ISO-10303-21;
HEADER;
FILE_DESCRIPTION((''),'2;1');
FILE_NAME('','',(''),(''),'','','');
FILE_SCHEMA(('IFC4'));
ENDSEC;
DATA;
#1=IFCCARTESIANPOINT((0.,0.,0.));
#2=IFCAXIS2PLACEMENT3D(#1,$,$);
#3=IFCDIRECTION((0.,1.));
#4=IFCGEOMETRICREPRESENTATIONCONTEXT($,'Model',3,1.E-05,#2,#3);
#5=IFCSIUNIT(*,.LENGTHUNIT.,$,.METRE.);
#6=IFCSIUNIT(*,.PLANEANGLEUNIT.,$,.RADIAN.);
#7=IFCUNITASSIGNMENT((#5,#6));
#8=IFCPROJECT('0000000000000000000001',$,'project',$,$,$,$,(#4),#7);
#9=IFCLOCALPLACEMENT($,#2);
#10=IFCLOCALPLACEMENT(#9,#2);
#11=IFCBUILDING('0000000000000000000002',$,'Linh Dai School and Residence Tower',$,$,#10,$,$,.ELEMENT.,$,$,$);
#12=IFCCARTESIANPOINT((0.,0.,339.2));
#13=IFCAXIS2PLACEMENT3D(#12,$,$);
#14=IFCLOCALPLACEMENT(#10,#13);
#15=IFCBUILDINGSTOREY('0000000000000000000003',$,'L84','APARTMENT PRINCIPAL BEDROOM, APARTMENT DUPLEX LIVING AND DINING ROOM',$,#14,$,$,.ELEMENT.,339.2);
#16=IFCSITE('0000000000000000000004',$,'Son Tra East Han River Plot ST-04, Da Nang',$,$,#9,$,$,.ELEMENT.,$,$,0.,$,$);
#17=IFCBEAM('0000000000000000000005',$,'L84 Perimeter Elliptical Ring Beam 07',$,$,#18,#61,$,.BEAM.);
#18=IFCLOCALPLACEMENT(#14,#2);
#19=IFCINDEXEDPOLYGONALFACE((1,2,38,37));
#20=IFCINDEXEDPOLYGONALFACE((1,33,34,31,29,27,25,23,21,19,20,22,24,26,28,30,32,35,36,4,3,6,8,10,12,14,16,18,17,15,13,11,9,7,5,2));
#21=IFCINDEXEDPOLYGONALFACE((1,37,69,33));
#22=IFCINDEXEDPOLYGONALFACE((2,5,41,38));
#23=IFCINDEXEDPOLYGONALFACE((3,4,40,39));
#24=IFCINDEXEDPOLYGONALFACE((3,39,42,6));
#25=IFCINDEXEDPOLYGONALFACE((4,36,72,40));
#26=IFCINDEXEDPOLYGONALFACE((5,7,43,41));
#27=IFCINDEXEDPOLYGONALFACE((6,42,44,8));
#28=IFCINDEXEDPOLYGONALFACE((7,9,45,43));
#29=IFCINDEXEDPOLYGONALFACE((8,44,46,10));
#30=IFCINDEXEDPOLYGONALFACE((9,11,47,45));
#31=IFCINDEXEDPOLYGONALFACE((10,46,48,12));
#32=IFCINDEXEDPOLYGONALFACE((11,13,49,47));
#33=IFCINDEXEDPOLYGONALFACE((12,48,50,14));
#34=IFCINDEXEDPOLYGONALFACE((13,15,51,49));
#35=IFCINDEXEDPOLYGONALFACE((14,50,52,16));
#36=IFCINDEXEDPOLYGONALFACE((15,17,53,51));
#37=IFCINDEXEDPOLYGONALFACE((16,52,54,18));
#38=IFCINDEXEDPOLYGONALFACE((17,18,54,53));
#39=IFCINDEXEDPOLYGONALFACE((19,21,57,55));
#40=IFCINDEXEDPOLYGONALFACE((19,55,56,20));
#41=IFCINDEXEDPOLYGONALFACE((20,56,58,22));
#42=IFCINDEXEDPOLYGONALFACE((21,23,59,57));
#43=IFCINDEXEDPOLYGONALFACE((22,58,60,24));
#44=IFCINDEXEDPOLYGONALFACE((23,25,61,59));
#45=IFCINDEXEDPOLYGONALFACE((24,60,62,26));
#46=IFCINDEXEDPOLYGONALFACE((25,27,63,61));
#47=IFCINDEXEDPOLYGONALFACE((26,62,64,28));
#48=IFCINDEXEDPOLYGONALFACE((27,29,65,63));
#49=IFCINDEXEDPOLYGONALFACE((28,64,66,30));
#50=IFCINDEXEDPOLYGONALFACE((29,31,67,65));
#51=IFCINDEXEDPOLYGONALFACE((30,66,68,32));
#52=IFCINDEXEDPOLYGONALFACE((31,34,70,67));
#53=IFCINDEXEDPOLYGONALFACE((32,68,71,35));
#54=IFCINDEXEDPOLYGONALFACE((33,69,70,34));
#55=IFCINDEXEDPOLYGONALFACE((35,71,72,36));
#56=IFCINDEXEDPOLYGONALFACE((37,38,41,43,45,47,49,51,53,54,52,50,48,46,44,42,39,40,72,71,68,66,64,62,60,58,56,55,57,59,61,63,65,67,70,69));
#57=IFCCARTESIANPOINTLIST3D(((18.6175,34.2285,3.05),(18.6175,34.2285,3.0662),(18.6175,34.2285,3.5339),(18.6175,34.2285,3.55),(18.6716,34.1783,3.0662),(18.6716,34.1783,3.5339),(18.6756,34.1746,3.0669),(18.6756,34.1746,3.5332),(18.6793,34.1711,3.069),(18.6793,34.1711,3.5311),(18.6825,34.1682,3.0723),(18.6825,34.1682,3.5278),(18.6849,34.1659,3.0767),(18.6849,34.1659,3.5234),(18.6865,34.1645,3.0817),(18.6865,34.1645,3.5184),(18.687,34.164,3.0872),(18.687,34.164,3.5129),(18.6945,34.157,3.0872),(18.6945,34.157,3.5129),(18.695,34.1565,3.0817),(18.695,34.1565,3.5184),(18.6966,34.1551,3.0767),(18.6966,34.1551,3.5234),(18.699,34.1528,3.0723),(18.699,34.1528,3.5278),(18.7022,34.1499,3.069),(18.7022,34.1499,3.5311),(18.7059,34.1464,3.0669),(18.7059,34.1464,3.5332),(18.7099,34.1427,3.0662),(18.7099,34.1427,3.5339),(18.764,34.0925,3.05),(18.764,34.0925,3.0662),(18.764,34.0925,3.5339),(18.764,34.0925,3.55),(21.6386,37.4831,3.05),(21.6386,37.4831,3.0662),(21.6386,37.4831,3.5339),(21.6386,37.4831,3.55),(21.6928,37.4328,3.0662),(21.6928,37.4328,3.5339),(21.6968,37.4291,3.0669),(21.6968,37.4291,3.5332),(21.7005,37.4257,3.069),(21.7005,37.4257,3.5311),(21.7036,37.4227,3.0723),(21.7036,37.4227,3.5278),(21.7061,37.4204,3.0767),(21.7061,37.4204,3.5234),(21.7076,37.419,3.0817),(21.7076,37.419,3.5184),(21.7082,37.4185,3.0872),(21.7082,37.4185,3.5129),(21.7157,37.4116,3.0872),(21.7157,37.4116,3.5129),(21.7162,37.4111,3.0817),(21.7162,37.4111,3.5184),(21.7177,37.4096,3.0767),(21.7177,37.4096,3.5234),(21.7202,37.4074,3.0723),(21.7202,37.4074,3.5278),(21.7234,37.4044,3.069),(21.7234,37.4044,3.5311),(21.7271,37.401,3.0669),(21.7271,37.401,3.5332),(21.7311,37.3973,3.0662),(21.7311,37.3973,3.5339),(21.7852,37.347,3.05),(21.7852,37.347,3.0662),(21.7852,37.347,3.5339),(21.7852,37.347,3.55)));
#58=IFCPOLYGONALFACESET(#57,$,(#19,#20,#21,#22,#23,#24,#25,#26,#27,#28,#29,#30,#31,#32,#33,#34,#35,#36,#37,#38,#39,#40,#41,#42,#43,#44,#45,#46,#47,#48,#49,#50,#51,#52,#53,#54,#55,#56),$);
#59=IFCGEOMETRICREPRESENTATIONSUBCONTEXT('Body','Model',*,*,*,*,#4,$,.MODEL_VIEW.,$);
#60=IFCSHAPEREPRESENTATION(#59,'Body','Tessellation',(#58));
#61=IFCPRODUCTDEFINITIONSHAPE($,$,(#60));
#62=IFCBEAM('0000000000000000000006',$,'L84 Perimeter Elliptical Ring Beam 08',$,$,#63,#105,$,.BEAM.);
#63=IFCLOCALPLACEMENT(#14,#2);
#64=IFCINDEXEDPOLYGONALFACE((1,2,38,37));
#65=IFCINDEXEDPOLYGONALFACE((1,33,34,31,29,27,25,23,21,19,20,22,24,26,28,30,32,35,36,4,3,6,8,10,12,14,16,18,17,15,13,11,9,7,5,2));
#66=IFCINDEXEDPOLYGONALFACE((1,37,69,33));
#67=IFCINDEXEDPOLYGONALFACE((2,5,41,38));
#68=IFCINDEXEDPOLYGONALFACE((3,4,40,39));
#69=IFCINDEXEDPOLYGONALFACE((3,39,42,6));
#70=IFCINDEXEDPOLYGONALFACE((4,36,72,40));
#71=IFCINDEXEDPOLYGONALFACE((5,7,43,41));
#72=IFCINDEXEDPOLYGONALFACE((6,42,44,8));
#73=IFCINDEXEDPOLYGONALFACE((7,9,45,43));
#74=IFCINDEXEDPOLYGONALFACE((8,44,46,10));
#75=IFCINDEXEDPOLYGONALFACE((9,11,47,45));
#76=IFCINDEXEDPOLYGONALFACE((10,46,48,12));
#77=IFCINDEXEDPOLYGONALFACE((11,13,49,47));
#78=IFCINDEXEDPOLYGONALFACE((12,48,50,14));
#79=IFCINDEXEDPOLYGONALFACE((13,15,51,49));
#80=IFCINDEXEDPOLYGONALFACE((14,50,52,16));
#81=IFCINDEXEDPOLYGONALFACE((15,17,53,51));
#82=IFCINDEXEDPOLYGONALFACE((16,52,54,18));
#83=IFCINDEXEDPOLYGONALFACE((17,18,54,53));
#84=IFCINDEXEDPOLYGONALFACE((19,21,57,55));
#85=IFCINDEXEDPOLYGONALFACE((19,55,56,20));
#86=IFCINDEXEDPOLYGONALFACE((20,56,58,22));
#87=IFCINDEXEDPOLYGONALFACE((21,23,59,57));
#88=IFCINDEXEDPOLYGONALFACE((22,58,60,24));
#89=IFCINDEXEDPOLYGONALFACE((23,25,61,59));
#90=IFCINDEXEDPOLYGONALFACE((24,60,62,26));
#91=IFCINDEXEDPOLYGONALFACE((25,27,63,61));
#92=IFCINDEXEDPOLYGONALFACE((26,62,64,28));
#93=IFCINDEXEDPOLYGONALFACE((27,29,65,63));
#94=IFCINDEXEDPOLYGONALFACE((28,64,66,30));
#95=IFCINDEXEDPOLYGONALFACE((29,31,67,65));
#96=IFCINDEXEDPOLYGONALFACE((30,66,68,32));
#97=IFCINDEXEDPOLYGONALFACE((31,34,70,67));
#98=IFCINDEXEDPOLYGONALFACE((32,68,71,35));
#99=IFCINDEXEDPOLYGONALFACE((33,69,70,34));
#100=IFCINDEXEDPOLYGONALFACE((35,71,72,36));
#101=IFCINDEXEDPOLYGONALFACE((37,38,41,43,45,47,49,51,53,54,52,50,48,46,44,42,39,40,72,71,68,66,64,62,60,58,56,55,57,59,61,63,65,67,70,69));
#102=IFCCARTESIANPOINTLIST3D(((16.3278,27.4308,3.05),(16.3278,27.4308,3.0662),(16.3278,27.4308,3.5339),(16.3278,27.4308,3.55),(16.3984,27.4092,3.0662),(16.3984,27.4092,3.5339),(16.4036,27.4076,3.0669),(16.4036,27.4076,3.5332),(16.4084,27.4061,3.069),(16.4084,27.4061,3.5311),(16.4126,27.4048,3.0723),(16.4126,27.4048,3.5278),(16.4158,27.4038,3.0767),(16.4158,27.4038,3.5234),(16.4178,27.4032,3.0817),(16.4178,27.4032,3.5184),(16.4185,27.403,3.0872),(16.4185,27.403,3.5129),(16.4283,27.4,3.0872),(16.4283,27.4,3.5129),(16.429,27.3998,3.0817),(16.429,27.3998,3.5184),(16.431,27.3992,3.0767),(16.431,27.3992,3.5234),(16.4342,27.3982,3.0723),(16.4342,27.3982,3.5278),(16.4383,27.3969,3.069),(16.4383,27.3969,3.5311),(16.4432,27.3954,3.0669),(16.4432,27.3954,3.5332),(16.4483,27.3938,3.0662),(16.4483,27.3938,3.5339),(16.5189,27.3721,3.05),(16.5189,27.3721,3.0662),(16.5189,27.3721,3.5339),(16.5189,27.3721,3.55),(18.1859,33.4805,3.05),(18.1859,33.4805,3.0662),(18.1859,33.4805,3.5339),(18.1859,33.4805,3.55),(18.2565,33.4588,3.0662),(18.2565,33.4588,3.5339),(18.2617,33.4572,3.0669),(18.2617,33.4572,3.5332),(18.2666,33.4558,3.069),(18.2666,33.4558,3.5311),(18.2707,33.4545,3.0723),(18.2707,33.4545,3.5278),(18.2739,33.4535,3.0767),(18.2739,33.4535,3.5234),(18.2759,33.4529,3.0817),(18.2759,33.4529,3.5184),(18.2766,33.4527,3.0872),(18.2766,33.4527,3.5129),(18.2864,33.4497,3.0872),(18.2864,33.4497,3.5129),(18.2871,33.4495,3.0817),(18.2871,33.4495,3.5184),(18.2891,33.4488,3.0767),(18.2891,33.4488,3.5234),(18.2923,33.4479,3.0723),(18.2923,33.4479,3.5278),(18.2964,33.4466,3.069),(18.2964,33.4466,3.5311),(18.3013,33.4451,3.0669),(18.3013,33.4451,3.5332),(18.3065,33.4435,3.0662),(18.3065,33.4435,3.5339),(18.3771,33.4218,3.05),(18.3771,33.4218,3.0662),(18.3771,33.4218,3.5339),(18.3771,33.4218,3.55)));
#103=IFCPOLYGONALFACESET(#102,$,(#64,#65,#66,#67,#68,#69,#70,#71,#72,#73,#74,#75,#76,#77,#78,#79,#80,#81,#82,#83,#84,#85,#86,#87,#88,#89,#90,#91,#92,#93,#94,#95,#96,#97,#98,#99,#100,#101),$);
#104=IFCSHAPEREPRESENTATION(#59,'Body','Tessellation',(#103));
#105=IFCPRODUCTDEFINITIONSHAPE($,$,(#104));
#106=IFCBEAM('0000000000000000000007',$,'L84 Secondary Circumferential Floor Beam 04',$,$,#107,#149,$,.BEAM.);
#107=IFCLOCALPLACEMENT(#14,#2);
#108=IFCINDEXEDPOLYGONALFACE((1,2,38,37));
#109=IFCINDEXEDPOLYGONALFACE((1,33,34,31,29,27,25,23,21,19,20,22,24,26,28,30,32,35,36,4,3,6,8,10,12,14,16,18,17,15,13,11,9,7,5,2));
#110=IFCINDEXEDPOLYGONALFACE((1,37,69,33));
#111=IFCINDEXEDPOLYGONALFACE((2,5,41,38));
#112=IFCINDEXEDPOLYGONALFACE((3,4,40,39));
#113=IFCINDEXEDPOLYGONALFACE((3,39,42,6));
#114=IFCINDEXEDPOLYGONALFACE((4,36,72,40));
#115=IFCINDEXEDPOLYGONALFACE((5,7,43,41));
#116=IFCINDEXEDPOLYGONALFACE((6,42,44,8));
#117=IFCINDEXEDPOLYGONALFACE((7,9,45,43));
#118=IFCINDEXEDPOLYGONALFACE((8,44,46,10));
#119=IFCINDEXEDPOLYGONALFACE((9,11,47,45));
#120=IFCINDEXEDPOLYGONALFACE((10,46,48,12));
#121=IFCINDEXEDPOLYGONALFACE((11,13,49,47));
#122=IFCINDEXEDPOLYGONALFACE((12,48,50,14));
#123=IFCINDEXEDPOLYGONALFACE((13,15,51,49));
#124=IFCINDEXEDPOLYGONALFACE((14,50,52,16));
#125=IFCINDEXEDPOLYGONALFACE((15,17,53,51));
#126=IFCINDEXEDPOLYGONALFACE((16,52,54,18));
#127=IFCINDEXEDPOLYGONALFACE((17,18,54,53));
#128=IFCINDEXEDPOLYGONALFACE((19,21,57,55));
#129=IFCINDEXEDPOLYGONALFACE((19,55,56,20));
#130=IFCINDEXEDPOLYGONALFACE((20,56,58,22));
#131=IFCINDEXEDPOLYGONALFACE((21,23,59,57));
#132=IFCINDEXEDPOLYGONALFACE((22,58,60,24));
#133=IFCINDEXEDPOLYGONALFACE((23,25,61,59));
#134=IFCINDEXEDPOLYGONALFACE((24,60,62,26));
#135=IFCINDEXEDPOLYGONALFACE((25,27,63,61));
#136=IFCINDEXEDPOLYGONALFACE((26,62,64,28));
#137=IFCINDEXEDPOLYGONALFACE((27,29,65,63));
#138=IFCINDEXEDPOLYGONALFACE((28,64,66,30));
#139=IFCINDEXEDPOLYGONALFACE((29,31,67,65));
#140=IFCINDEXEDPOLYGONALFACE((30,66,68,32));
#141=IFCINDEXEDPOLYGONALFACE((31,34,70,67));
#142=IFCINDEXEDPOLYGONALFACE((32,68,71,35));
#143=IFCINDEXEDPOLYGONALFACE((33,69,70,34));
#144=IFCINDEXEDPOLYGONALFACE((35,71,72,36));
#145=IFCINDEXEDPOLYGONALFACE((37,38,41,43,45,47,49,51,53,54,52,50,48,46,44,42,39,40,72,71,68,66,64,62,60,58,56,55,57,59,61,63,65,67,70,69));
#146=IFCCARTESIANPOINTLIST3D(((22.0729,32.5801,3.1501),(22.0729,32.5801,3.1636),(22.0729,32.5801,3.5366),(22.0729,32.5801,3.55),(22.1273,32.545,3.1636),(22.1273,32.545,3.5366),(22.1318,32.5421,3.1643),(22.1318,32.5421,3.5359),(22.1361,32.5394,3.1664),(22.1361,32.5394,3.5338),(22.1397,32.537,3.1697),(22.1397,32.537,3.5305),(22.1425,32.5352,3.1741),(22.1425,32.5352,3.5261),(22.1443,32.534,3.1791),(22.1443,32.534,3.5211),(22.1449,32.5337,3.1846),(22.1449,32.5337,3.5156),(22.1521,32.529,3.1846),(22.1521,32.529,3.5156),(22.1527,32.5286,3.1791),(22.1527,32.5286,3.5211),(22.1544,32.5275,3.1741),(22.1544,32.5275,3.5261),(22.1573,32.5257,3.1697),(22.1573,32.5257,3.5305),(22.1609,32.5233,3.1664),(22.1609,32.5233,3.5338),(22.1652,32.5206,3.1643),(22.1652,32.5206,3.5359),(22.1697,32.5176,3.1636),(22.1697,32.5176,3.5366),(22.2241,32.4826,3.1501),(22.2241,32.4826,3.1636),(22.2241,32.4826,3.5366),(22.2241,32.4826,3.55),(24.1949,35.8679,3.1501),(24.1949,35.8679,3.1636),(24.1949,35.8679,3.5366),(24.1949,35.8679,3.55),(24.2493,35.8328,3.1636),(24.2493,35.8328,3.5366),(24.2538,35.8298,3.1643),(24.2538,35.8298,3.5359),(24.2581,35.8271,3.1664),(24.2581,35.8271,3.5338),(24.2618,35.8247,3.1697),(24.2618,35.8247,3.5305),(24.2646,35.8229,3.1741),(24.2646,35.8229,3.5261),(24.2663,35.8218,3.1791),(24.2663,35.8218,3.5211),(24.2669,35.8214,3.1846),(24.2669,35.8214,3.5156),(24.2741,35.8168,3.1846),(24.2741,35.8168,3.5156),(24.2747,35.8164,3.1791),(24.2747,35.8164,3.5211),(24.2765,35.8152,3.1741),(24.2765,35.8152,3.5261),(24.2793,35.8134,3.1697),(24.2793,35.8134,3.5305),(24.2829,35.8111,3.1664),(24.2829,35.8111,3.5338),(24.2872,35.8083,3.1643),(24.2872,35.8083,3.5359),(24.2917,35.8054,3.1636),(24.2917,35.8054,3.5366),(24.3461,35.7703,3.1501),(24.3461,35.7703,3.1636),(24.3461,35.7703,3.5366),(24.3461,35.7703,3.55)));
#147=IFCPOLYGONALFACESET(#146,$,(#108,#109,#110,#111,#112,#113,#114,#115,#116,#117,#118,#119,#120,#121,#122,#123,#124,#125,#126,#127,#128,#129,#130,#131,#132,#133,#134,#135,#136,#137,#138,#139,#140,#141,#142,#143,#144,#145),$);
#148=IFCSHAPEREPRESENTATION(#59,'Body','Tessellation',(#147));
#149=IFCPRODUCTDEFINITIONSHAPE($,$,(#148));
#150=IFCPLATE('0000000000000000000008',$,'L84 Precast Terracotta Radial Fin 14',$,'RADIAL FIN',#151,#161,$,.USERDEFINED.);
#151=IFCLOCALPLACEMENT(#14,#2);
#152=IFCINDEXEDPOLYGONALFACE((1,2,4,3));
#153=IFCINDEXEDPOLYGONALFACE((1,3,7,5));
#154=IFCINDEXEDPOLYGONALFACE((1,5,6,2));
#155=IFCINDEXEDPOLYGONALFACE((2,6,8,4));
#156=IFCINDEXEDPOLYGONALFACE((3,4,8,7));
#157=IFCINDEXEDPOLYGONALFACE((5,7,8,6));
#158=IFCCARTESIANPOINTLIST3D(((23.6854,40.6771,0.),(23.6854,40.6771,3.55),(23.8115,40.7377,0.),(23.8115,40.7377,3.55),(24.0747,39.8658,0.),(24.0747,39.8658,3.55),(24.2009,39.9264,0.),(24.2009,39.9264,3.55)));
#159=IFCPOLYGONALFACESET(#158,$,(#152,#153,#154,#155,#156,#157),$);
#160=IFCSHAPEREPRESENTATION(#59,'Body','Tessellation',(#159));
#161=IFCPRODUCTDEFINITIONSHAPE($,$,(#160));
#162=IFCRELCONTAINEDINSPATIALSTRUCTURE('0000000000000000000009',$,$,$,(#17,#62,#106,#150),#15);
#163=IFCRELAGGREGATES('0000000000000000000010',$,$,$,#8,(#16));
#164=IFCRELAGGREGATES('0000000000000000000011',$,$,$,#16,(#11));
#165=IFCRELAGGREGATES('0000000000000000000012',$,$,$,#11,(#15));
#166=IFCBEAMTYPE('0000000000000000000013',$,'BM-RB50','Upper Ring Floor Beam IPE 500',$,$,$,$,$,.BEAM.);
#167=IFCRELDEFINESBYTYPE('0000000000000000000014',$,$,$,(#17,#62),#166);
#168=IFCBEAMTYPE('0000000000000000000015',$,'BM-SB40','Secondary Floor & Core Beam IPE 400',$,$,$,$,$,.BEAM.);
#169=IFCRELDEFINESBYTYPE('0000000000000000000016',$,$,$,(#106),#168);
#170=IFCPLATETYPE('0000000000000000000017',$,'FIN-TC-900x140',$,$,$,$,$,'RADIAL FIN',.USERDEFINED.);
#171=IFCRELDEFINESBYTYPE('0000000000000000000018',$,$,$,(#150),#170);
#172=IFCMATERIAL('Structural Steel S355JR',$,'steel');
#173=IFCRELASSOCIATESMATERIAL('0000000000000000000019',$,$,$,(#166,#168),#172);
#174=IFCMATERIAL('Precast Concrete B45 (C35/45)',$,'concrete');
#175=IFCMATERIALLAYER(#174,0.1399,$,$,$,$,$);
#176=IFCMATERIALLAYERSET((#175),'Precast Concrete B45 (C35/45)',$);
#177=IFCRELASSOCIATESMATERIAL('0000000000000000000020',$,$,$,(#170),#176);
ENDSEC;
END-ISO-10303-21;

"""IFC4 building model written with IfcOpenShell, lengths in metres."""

from ifc_helpers import new_model, si_unit, direction, frame, origin, origin_2d, place, context, subcontext, project, spatial, rectangle, i_section, extrude, source, transform, mapped, material, layer, layer_set, material_profile, profile_set, type_object, element, save


model = new_model("IFC4")

# Units and contexts
model_context = context("Model", 3, precision=1e-05, world=origin(), true_north=direction((0.0, 1.0)))
body_context = subcontext(model_context, "Body", "Model", "MODEL_VIEW")
ifc_project = project(units=[si_unit("LENGTHUNIT", "METRE"), si_unit("PLANEANGLEUNIT", "RADIAN")], contexts=[model_context])

# Site, building, storey
site_placement = place(None, origin())
site = spatial("IfcSite", under=ifc_project, at=site_placement, Name="Son Tra East Han River Plot ST-04, Da Nang", CompositionType="ELEMENT", RefElevation=0.0)
building_placement = place(site_placement, origin())
building = spatial("IfcBuilding", under=site, at=building_placement, Name="Linh Dai School and Residence Tower", CompositionType="ELEMENT")
storey_placement = place(building_placement, frame((0.0, 0.0, 339.2)))
storey = spatial("IfcBuildingStorey", under=building, at=storey_placement, Name="L84", Description="APARTMENT PRINCIPAL BEDROOM, APARTMENT DUPLEX LIVING AND DINING ROOM", CompositionType="ELEMENT", Elevation=339.2)

# Shared definitions
ifc_material_1 = material(Name="Structural Steel S355JR", Category="steel")

# Beams
ifc_material_profile_1 = material_profile(ifc_material_1, i_section(OverallWidth=0.2, OverallDepth=0.5, WebThickness=0.0103, FlangeThickness=0.0161, FilletRadius=0.021, at=origin_2d()), Name="IPE 500")
ifc_profile_set_1 = profile_set([ifc_material_profile_1], Name="Structural Steel S355JR")
beam_type_1 = type_object("IfcBeamType", Name="BM-RB50", Description="Upper Ring Floor Beam IPE 500", PredefinedType="BEAM", material=ifc_profile_set_1)
beam_1_placement = place(storey_placement, frame((21.7119, 37.415, 3.3), z_axis=(-0.680339, -0.732897, 0.0), x_axis=(0.732897, -0.680339, 0.0)))
element("IfcBeam", 1, at=beam_1_placement, inside=storey, type_object=beam_type_1, Name="L84 Perimeter Elliptical Ring Beam 07", PredefinedType="BEAM", context=body_context, shape_type="SweptSolid", body=[
    extrude(i_section(OverallWidth=0.2, OverallDepth=0.5, WebThickness=0.0103, FlangeThickness=0.0161, FilletRadius=0.021, at=origin_2d()), origin(), (0.0, 0.0, 1.0), 4.4407),
])
beam_2_placement = place(storey_placement, frame((18.2815, 33.4512, 3.3), z_axis=(-0.293606, -0.955927, 0.0), x_axis=(0.955927, -0.293606, 0.0)))
element("IfcBeam", 2, at=beam_2_placement, inside=storey, type_object=beam_type_1, Name="L84 Perimeter Elliptical Ring Beam 08", PredefinedType="BEAM", context=body_context, shape_type="SweptSolid", body=[
    extrude(i_section(OverallWidth=0.2, OverallDepth=0.5, WebThickness=0.0103, FlangeThickness=0.0161, FilletRadius=0.021, at=origin_2d()), origin(), (0.0, 0.0, 1.0), 6.3286),
])
ifc_material_profile_2 = material_profile(ifc_material_1, i_section(OverallWidth=0.1799, OverallDepth=0.3999, WebThickness=0.0085, FlangeThickness=0.0134, FilletRadius=0.021, at=origin_2d()), Name="IPE 400")
ifc_profile_set_2 = profile_set([ifc_material_profile_2], Name="Structural Steel S355JR")
beam_type_2 = type_object("IfcBeamType", Name="BM-SB40", Description="Secondary Floor & Core Beam IPE 400", PredefinedType="BEAM", material=ifc_profile_set_2)
beam_3_placement = place(storey_placement, frame((24.2705, 35.8191, 3.3501), z_axis=(-0.542286, -0.840194, 0.0), x_axis=(0.840194, -0.542286, 0.0)))
element("IfcBeam", 3, at=beam_3_placement, inside=storey, type_object=beam_type_2, Name="L84 Secondary Circumferential Floor Beam 04", PredefinedType="BEAM", context=body_context, shape_type="SweptSolid", body=[
    extrude(i_section(OverallWidth=0.1799, OverallDepth=0.3999, WebThickness=0.0085, FlangeThickness=0.0134, FilletRadius=0.021, at=origin_2d()), origin(), (0.0, 0.0, 1.0), 3.9131),
])

# Plate
ifc_material_2 = material(Name="Precast Concrete B45 (C35/45)", Category="concrete")
ifc_layer_1 = layer(ifc_material_2, 0.1399)
ifc_layer_set_1 = layer_set([ifc_layer_1], Name="Precast Concrete B45 (C35/45)")
plate_type = type_object("IfcPlateType", Name="FIN-TC-900x140", ElementType="RADIAL FIN", PredefinedType="USERDEFINED", material=ifc_layer_set_1)
shared_shape_1 = source(origin(), body_context, "Body", "SweptSolid", [
    extrude(rectangle(XDim=0.8999, YDim=0.1399, at=origin_2d()), origin(), (0.0, 0.0, 1.0), 3.55),
])
plate_placement = place(storey_placement, frame((23.9431, 40.3018, 0.0), z_axis=(0.0, 0.0, 1.0), x_axis=(-0.432674, 0.901551, 0.0)))
element("IfcPlate", 4, at=plate_placement, inside=storey, type_object=plate_type, Name="L84 Precast Terracotta Radial Fin 14", ObjectType="RADIAL FIN", PredefinedType="USERDEFINED", context=body_context, shape_type="MappedRepresentation", body=[
    mapped(shared_shape_1, transform((0.0, 0.0, 0.0), x_axis=(1.0, 0.0, 0.0), y_axis=(0.0, 1.0, 0.0), z_axis=(0.0, 0.0, 1.0), scale=1.0)),
])

save(model, "model.ifc")
